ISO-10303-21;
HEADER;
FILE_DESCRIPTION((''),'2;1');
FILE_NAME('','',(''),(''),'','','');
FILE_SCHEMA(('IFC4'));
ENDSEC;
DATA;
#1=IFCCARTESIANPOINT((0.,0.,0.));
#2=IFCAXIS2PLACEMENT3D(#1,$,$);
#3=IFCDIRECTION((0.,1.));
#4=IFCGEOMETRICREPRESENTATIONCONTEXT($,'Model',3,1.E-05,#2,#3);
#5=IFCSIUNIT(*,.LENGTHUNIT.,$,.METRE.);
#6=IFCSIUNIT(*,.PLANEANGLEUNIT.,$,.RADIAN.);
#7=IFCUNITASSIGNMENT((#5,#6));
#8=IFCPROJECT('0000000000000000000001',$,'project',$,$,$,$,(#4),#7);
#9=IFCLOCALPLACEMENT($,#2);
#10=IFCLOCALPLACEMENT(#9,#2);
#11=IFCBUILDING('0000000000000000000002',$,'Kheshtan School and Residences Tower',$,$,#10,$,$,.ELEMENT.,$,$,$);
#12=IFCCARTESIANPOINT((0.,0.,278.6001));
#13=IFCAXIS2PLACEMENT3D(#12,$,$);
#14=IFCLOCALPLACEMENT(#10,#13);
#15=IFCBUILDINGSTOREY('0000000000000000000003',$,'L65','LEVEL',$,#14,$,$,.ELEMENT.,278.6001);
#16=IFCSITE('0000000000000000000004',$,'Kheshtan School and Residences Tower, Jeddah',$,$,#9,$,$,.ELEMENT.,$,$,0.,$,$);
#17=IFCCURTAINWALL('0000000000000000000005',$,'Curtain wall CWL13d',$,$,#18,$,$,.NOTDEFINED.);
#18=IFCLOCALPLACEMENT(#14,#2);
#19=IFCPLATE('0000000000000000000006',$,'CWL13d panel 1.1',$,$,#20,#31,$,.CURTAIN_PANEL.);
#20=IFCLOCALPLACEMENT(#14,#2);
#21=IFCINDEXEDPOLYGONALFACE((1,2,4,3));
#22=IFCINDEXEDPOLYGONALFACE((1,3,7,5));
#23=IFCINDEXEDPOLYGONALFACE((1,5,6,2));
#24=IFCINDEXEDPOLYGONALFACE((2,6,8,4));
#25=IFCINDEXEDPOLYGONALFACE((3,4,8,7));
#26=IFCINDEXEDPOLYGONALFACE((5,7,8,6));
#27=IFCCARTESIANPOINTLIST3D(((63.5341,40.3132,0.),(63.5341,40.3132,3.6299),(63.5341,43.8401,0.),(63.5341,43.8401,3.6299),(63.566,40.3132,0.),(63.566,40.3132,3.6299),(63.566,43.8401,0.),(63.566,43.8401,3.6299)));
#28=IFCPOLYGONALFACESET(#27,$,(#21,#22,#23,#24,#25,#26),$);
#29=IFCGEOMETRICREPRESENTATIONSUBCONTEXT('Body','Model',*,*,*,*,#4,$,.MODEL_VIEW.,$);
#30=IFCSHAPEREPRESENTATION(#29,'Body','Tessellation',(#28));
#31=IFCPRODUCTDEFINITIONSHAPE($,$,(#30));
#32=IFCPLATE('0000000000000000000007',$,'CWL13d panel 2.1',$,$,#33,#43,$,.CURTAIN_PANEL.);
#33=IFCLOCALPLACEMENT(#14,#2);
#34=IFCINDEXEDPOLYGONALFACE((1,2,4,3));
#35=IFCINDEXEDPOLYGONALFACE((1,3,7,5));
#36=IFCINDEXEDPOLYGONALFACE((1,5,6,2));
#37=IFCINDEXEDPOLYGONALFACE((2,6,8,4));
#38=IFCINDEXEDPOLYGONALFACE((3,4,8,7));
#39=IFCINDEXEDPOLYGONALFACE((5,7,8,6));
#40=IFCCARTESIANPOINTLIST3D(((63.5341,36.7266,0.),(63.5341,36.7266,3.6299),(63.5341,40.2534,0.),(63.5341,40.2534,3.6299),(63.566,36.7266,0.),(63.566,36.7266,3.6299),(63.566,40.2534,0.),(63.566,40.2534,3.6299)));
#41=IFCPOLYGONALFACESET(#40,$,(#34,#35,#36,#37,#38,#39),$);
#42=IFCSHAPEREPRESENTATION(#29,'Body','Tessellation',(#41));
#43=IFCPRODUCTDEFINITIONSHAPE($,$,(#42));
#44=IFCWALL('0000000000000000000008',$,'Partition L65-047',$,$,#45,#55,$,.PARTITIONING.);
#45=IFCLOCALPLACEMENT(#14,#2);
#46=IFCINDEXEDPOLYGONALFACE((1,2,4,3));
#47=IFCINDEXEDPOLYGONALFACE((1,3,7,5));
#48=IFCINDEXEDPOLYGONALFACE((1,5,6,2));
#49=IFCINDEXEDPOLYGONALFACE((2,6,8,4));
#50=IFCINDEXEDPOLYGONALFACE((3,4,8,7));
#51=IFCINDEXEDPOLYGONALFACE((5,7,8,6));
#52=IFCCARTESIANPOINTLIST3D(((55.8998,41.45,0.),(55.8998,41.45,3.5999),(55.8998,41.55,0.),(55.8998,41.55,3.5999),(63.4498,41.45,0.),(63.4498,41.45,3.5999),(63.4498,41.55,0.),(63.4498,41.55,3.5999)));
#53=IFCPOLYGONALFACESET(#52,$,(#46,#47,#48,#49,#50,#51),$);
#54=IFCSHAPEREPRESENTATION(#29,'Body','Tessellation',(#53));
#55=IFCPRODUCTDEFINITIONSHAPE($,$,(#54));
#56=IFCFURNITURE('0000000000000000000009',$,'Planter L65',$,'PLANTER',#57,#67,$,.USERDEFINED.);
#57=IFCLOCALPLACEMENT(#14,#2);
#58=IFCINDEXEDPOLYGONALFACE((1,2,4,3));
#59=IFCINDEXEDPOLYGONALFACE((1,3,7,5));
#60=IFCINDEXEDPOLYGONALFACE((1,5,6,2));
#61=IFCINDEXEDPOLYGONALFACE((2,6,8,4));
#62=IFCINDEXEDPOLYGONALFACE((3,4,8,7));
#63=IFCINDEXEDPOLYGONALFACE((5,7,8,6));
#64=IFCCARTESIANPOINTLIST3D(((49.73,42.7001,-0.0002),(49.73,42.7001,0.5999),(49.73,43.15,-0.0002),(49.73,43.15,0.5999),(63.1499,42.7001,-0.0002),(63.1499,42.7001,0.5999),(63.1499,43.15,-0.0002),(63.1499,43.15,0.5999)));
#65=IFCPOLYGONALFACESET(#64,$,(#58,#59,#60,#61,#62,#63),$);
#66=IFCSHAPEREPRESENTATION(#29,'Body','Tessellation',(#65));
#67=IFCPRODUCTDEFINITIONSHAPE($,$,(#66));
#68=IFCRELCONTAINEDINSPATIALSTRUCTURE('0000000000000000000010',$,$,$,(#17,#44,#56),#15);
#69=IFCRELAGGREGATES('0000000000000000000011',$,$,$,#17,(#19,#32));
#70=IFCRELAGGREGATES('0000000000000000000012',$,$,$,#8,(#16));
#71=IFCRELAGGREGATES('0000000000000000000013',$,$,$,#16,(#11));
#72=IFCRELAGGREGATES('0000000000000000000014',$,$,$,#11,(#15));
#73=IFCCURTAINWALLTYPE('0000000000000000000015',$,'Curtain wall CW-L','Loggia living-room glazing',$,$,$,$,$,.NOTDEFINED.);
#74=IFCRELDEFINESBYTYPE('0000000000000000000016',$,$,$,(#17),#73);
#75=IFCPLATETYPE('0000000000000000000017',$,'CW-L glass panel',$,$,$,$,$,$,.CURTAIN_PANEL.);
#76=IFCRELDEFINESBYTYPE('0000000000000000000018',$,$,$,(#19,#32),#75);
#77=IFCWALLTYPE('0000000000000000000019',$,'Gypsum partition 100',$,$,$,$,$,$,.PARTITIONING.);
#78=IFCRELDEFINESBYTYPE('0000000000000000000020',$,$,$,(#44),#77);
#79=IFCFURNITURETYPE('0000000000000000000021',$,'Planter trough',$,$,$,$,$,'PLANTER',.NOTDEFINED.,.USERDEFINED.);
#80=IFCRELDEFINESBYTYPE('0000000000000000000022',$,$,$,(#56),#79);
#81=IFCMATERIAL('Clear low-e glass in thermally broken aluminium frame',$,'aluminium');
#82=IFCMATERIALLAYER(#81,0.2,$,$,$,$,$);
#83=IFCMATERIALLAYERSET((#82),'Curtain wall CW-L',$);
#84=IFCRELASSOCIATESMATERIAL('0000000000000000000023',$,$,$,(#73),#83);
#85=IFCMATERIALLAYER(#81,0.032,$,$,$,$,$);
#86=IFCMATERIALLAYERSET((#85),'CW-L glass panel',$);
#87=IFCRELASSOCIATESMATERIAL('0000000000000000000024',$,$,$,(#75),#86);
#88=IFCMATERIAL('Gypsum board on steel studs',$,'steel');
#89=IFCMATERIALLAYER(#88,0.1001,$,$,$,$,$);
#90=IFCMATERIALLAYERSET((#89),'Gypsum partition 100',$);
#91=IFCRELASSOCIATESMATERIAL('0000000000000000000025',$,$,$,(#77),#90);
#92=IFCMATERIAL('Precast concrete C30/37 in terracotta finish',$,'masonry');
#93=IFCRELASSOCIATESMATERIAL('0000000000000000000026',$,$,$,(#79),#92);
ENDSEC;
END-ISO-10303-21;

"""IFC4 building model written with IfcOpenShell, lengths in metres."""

from ifc_helpers import new_model, si_unit, direction, frame, frame_2d, origin, origin_2d, place, context, subcontext, project, spatial, rectangle, extrude, material, layer, layer_set, type_object, element, aggregate, save


model = new_model("IFC4")

# Units and contexts
model_context = context("Model", 3, precision=1e-05, world=origin(), true_north=direction((0.0, 1.0)))
body_context = subcontext(model_context, "Body", "Model", "MODEL_VIEW")
ifc_project = project(units=[si_unit("LENGTHUNIT", "METRE"), si_unit("PLANEANGLEUNIT", "RADIAN")], contexts=[model_context])

# Site, building, storey
site_placement = place(None, origin())
site = spatial("IfcSite", under=ifc_project, at=site_placement, Name="Kheshtan School and Residences Tower, Jeddah", CompositionType="ELEMENT", RefElevation=0.0)
building_placement = place(site_placement, origin())
building = spatial("IfcBuilding", under=site, at=building_placement, Name="Kheshtan School and Residences Tower", CompositionType="ELEMENT")
storey_placement = place(building_placement, frame((0.0, 0.0, 278.6001)))
storey = spatial("IfcBuildingStorey", under=building, at=storey_placement, Name="L65", Description="LEVEL", CompositionType="ELEMENT", Elevation=278.6001)

# Curtain wall
ifc_material_1 = material(Name="Clear low-e glass in thermally broken aluminium frame", Category="aluminium")
ifc_layer_1 = layer(ifc_material_1, 0.2)
ifc_layer_set_1 = layer_set([ifc_layer_1], Name="Curtain wall CW-L")
curtain_wall_type = type_object("IfcCurtainWallType", Name="Curtain wall CW-L", Description="Loggia living-room glazing", PredefinedType="NOTDEFINED", material=ifc_layer_set_1)
curtain_wall_1_placement = place(storey_placement, origin())
curtain_wall_1 = element("IfcCurtainWall", 1, at=curtain_wall_1_placement, inside=storey, type_object=curtain_wall_type, Name="Curtain wall CWL13d", PredefinedType="NOTDEFINED")

# Plates
ifc_layer_2 = layer(ifc_material_1, 0.032)
ifc_layer_set_2 = layer_set([ifc_layer_2], Name="CW-L glass panel")
plate_type = type_object("IfcPlateType", Name="CW-L glass panel", PredefinedType="CURTAIN_PANEL", material=ifc_layer_set_2)
plate_1_placement = place(storey_placement, frame((63.55, 42.0767, 0.0), z_axis=(0.0, 0.0, 1.0), x_axis=(0.0, -1.0, 0.0)))
plate_1 = element("IfcPlate", 2, at=plate_1_placement, type_object=plate_type, Name="CWL13d panel 1.1", PredefinedType="CURTAIN_PANEL", context=body_context, shape_type="SweptSolid", body=[
    extrude(rectangle(XDim=3.5269, YDim=0.032, at=origin_2d()), origin(), (0.0, 0.0, 1.0), 3.6299),
])
plate_2_placement = place(storey_placement, frame((63.55, 38.49, 0.0), z_axis=(0.0, 0.0, 1.0), x_axis=(0.0, -1.0, 0.0)))
plate_2 = element("IfcPlate", 3, at=plate_2_placement, type_object=plate_type, Name="CWL13d panel 2.1", PredefinedType="CURTAIN_PANEL", context=body_context, shape_type="SweptSolid", body=[
    extrude(rectangle(XDim=3.5269, YDim=0.032, at=origin_2d()), origin(), (0.0, 0.0, 1.0), 3.6299),
])
aggregate(curtain_wall_1, [plate_1, plate_2])

# Wall
ifc_material_2 = material(Name="Gypsum board on steel studs", Category="steel")
ifc_layer_3 = layer(ifc_material_2, 0.1001)
ifc_layer_set_3 = layer_set([ifc_layer_3], Name="Gypsum partition 100")
wall_type_1 = type_object("IfcWallType", Name="Gypsum partition 100", PredefinedType="PARTITIONING", material=ifc_layer_set_3)
wall_1_placement = place(storey_placement, frame((55.8999, 41.5, 0.0), z_axis=(0.0, 0.0, 1.0), x_axis=(1.0, 0.0, 0.0)))
element("IfcWall", 4, at=wall_1_placement, inside=storey, type_object=wall_type_1, Name="Partition L65-047", PredefinedType="PARTITIONING", context=body_context, shape_type="SweptSolid", body=[
    extrude(rectangle(XDim=7.55, YDim=0.1001, at=frame_2d((3.7749, 0.0))), origin(), (0.0, 0.0, 1.0), 3.5999),
])

# Furniture
ifc_material_3 = material(Name="Precast concrete C30/37 in terracotta finish", Category="masonry")
furniture_type = type_object("IfcFurnitureType", Name="Planter trough", ElementType="PLANTER", AssemblyPlace="NOTDEFINED", PredefinedType="USERDEFINED", material=ifc_material_3)
furniture_placement = place(storey_placement, frame((56.4399, 42.925, -0.0002), z_axis=(0.0, 0.0, 1.0), x_axis=(1.0, 0.0, 0.0)))
element("IfcFurniture", 5, at=furniture_placement, inside=storey, type_object=furniture_type, Name="Planter L65", ObjectType="PLANTER", PredefinedType="USERDEFINED", context=body_context, shape_type="SweptSolid", body=[
    extrude(rectangle(XDim=13.4199, YDim=0.45, at=origin_2d()), origin(), (0.0, 0.0, 1.0), 0.6001),
])

save(model, "model.ifc")
